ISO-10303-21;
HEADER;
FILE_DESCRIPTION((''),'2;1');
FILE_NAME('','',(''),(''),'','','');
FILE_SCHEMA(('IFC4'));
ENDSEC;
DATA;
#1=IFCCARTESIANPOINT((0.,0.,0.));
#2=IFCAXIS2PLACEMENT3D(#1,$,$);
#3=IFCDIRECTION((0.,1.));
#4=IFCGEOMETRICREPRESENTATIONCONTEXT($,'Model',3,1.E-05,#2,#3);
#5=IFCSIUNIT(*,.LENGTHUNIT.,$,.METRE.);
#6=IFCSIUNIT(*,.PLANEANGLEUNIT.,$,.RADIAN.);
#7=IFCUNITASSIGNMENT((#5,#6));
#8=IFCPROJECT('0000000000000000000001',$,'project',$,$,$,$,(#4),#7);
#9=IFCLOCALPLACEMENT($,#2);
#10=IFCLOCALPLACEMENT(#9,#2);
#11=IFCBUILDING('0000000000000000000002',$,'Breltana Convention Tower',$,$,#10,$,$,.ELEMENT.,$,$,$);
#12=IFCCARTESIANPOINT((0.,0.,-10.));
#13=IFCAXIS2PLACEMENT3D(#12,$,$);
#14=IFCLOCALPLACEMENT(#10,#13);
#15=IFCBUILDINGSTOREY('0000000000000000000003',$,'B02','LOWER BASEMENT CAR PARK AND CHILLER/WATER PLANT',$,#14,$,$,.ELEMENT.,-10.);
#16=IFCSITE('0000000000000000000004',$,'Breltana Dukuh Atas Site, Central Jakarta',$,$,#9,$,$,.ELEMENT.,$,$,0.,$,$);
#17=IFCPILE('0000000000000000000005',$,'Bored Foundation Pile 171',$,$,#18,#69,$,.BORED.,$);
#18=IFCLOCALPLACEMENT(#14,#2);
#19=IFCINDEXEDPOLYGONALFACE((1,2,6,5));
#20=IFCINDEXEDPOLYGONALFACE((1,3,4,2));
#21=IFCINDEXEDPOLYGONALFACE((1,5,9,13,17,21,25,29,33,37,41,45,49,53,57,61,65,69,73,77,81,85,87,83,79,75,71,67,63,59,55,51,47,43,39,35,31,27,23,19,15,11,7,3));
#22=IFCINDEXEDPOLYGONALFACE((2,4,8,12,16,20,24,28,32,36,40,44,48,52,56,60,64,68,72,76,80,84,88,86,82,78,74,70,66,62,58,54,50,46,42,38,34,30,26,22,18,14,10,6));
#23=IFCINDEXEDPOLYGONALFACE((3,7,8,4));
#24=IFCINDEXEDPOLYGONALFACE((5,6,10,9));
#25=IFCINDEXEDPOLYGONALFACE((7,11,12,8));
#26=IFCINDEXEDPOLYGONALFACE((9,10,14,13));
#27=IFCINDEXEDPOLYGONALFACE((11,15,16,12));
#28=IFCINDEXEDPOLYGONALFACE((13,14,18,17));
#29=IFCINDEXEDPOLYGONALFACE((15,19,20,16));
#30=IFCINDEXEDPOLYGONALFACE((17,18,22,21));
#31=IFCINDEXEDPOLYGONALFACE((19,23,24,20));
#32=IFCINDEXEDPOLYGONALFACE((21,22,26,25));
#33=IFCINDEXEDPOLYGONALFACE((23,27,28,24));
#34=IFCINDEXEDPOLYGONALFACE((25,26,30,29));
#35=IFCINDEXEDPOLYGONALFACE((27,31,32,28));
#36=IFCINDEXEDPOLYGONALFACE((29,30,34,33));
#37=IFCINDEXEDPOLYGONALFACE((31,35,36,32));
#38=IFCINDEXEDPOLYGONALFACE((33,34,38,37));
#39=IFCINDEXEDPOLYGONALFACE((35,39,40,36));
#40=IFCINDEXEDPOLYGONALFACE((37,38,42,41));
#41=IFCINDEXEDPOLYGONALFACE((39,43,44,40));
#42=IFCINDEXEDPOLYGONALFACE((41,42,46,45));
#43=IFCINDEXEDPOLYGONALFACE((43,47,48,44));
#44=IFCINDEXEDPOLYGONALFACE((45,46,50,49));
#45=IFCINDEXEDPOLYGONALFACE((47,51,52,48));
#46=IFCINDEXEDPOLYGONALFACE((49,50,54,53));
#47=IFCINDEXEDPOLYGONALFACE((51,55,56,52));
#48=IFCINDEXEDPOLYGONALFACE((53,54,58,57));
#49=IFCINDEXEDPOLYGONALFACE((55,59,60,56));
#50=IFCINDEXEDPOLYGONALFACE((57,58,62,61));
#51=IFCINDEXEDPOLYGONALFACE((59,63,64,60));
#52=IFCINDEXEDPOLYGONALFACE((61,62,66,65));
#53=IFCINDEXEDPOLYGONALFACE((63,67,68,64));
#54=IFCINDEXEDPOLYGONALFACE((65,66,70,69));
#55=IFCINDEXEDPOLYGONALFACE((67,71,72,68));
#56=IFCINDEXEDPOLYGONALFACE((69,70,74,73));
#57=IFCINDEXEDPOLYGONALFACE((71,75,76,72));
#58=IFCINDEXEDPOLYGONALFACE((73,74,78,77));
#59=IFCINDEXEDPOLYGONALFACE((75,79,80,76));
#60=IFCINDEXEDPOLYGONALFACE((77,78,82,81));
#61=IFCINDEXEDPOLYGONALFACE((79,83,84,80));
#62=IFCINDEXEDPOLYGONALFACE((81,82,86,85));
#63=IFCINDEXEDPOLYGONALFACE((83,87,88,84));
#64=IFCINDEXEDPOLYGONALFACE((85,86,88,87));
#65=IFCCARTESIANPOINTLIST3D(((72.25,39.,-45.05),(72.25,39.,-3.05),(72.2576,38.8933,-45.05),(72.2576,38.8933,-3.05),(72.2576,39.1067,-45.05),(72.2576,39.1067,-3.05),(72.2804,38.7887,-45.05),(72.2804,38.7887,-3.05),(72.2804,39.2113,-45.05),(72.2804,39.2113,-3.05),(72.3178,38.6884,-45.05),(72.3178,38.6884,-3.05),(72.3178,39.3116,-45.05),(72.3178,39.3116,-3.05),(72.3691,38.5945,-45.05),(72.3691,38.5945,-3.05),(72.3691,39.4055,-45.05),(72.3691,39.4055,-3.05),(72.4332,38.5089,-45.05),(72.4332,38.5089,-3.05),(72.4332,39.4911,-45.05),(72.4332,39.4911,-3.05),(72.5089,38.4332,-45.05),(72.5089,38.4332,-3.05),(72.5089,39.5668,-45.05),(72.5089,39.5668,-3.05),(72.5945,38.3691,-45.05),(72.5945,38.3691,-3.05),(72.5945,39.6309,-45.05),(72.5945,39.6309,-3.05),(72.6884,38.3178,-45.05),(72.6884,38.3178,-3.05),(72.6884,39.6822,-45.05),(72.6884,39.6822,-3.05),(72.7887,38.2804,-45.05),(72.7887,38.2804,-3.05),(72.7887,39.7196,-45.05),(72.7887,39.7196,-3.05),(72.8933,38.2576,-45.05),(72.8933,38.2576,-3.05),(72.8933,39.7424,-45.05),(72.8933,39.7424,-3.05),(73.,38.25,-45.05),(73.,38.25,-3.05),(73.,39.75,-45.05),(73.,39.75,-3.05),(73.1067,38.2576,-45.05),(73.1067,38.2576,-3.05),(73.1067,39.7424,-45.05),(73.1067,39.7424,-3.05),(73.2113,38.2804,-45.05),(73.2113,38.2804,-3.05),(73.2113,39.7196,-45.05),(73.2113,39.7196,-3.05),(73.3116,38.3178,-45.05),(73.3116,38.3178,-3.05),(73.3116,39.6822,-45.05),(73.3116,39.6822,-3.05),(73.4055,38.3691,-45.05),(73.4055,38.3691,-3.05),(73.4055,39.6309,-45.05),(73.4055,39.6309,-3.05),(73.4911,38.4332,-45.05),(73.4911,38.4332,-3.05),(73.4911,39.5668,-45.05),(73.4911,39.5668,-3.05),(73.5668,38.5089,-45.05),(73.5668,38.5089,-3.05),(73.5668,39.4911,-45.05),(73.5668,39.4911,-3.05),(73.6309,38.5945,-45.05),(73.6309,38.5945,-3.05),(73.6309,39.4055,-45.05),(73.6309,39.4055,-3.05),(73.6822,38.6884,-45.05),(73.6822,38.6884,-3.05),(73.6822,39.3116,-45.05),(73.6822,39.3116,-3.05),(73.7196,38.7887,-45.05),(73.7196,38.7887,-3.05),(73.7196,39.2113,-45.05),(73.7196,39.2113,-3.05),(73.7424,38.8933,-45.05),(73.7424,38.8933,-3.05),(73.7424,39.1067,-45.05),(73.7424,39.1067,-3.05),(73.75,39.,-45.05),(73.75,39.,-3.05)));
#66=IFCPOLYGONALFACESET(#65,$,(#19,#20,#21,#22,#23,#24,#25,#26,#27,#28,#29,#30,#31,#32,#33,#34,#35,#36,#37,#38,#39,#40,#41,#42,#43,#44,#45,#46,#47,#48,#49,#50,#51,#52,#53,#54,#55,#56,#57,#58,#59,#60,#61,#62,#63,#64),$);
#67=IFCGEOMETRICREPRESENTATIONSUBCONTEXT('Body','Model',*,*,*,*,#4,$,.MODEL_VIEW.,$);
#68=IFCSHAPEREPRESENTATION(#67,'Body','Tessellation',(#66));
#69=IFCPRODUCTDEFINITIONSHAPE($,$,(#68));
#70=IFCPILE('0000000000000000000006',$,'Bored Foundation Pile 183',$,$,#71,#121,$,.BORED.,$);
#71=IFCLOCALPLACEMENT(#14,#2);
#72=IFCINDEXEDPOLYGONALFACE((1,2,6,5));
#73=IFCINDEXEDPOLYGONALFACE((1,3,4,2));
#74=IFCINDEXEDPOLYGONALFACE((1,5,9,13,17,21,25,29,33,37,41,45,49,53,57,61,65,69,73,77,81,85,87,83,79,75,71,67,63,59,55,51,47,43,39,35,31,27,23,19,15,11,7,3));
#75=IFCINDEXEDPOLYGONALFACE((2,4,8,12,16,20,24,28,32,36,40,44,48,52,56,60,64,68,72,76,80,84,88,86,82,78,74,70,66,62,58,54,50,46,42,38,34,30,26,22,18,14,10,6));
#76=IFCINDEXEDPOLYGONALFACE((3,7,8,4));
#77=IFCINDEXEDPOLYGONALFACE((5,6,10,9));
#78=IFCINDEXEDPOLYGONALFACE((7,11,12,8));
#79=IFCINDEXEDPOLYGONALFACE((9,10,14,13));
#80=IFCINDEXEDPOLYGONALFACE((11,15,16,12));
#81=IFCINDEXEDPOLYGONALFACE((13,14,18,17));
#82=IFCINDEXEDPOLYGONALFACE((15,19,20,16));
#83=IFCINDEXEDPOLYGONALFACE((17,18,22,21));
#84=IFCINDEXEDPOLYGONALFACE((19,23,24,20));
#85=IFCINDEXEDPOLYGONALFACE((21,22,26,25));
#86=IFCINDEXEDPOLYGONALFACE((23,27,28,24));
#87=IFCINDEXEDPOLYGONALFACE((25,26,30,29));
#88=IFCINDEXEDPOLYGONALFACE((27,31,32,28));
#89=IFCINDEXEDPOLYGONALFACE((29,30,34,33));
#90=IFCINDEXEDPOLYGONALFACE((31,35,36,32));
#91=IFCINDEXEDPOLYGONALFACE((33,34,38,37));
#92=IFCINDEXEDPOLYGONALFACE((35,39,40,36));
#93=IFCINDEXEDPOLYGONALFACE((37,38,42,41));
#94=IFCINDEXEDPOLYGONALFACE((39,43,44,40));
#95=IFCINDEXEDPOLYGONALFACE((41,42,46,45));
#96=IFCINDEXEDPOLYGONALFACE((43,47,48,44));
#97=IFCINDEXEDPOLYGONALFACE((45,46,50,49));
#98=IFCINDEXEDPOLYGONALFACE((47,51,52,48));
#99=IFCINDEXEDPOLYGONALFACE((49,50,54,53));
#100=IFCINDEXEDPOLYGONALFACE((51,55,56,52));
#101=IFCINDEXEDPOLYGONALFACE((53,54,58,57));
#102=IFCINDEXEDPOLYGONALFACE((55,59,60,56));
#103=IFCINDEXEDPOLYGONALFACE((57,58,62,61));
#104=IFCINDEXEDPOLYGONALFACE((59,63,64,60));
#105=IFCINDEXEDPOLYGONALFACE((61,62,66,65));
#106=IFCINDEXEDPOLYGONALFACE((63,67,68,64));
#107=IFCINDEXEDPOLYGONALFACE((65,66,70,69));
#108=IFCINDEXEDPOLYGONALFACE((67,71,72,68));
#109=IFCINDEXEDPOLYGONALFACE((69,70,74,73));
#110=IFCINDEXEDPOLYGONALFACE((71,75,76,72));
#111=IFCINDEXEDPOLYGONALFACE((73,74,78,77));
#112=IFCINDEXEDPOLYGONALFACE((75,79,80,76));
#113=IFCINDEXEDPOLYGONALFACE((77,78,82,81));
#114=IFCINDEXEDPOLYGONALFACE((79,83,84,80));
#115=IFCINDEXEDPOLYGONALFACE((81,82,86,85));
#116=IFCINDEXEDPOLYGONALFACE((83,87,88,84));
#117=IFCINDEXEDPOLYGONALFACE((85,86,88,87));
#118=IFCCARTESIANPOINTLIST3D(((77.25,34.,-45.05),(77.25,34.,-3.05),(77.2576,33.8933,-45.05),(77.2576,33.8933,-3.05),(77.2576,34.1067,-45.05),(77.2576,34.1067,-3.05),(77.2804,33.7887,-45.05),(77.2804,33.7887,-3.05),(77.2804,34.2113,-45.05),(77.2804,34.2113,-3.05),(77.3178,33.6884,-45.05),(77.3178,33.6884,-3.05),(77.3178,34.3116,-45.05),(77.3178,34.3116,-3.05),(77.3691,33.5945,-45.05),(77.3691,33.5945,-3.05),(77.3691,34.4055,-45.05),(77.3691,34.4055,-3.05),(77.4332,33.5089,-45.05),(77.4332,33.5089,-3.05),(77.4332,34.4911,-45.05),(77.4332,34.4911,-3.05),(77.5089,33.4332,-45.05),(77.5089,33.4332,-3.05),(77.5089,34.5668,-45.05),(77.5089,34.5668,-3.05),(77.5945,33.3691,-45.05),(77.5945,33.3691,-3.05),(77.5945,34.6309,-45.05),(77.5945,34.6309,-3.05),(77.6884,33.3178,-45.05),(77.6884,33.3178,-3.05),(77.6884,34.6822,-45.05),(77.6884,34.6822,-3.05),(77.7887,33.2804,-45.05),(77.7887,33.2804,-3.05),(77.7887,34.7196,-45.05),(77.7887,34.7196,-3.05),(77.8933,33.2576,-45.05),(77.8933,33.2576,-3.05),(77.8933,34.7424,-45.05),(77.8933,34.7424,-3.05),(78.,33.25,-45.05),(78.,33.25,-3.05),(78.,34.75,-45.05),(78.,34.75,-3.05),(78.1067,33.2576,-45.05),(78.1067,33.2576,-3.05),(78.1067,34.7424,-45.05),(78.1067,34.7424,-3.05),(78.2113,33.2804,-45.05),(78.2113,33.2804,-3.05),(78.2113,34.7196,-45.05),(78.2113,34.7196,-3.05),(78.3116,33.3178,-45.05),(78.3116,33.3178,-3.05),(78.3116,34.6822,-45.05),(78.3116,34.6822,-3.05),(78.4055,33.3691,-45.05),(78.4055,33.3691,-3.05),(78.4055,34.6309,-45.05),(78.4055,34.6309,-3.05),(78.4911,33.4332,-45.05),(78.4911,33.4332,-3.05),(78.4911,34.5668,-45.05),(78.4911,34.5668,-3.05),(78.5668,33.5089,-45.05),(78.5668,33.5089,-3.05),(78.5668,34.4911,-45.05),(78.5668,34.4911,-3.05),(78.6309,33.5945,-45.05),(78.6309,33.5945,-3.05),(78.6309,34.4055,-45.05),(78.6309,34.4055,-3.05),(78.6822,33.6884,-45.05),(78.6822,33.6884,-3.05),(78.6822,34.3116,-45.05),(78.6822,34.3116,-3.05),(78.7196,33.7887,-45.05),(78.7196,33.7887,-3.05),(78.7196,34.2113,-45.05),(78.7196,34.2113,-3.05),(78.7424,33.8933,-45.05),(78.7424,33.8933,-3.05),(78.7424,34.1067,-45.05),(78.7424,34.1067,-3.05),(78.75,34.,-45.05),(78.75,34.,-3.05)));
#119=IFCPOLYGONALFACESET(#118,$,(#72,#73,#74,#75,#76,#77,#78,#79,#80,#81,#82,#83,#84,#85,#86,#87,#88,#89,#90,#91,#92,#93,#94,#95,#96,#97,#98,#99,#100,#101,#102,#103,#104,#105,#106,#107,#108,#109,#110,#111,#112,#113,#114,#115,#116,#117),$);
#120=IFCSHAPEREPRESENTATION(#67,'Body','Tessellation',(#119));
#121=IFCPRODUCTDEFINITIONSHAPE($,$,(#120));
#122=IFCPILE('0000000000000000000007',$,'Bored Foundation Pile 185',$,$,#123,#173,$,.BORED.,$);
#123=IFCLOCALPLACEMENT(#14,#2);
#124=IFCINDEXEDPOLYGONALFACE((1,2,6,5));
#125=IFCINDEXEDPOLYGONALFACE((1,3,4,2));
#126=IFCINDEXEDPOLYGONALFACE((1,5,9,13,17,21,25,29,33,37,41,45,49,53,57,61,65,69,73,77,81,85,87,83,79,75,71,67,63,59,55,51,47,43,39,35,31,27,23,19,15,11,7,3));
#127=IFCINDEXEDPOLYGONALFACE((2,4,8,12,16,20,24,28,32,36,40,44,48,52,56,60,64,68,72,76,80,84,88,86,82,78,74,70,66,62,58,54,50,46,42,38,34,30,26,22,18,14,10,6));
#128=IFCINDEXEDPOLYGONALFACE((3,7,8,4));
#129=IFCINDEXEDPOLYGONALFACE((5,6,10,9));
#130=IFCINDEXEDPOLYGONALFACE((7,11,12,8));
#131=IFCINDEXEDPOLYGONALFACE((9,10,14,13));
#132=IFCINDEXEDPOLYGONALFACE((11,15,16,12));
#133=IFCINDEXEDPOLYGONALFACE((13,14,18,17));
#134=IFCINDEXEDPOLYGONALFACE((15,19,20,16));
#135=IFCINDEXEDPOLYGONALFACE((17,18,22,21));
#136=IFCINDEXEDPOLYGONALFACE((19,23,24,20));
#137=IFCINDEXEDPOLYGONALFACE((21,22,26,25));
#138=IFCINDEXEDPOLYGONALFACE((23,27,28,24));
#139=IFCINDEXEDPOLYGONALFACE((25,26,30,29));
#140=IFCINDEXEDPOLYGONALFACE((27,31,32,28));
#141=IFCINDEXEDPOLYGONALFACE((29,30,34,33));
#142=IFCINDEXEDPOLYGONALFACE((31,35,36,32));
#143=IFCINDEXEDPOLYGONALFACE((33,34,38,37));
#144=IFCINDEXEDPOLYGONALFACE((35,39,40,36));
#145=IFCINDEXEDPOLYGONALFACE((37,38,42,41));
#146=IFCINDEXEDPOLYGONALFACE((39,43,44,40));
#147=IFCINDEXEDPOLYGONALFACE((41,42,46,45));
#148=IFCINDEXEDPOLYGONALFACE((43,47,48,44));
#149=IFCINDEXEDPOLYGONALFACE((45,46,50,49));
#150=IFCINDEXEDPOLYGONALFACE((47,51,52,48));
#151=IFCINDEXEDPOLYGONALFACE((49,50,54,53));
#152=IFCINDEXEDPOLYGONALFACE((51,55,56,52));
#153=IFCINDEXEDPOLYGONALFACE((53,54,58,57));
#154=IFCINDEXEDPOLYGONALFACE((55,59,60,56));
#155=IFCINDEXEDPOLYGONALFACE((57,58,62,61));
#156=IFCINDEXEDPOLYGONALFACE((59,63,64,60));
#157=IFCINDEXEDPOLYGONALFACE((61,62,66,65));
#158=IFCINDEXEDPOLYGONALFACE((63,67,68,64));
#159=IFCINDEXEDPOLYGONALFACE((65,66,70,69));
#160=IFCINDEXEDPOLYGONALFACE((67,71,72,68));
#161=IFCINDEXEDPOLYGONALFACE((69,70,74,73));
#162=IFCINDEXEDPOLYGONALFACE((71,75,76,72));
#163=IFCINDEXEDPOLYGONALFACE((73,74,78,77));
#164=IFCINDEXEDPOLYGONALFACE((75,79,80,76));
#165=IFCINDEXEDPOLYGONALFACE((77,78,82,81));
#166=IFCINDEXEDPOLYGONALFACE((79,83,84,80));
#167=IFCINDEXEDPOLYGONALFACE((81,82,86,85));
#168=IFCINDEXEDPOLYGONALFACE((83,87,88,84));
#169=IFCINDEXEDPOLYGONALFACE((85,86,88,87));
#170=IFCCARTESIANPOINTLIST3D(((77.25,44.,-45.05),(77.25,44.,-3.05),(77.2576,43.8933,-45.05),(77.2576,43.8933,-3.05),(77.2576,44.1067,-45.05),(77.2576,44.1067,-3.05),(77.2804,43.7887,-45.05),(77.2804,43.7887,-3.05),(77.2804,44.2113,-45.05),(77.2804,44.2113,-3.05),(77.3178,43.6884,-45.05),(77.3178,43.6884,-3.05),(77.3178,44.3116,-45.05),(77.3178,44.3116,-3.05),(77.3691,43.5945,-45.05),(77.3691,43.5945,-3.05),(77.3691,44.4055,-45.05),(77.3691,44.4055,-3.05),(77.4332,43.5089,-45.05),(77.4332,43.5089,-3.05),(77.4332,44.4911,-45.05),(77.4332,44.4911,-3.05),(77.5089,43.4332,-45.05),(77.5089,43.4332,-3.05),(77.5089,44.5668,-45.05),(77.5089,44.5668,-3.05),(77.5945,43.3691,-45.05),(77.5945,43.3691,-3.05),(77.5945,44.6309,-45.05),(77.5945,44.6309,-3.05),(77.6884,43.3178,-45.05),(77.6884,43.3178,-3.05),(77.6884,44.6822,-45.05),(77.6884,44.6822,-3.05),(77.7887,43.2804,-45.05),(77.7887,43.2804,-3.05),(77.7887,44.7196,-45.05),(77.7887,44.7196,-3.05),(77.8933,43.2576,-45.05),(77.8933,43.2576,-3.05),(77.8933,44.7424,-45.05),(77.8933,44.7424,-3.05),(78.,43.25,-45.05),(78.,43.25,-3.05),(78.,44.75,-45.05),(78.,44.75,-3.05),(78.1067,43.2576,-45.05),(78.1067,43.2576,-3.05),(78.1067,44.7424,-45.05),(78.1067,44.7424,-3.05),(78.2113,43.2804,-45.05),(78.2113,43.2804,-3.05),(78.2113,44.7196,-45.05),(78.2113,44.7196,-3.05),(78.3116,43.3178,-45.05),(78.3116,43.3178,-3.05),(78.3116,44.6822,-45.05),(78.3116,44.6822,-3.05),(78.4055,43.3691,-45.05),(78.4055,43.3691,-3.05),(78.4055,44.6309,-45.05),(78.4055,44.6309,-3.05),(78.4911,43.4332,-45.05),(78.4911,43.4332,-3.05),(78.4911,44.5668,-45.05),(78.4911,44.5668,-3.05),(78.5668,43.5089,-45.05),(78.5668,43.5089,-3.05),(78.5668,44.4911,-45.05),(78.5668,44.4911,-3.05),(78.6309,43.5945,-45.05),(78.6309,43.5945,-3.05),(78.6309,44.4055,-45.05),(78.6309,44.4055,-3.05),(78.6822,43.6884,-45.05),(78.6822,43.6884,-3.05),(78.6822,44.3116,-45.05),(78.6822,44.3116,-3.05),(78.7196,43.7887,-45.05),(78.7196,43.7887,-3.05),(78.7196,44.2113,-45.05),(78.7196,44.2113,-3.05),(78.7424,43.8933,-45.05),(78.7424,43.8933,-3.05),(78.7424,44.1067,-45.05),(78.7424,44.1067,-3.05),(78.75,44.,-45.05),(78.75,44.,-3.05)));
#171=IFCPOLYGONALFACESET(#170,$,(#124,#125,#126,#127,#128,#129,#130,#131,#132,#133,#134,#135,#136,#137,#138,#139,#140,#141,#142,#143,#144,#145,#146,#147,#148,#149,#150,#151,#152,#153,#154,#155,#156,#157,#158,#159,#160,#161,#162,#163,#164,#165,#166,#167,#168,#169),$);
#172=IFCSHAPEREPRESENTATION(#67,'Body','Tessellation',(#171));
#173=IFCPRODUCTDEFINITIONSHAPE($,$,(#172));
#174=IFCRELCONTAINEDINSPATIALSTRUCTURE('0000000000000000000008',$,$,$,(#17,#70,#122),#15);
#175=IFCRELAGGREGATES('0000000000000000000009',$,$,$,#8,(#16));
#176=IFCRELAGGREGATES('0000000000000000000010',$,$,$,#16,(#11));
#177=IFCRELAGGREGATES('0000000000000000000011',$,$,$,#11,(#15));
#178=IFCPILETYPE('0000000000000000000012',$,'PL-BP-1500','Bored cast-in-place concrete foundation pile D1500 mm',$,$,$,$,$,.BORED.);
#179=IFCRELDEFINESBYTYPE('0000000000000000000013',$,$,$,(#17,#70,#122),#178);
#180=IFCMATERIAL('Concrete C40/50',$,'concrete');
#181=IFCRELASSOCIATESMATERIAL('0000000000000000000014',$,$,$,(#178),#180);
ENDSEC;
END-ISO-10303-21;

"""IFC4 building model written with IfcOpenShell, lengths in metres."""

from ifc_helpers import new_model, si_unit, direction, frame, origin, origin_2d, place, context, subcontext, project, spatial, circle, extrude, source, transform, mapped, material, material_profile, profile_set, type_object, type_shapes, element, save


model = new_model("IFC4")

# Units and contexts
model_context = context("Model", 3, precision=1e-05, world=origin(), true_north=direction((0.0, 1.0)))
body_context = subcontext(model_context, "Body", "Model", "MODEL_VIEW")
ifc_project = project(units=[si_unit("LENGTHUNIT", "METRE"), si_unit("PLANEANGLEUNIT", "RADIAN")], contexts=[model_context])

# Site, building, storey
site_placement = place(None, origin())
site = spatial("IfcSite", under=ifc_project, at=site_placement, Name="Breltana Dukuh Atas Site, Central Jakarta", CompositionType="ELEMENT", RefElevation=0.0)
building_placement = place(site_placement, origin())
building = spatial("IfcBuilding", under=site, at=building_placement, Name="Breltana Convention Tower", CompositionType="ELEMENT")
storey_placement = place(building_placement, frame((0.0, 0.0, -10.0)))
storey = spatial("IfcBuildingStorey", under=building, at=storey_placement, Name="B02", Description="LOWER BASEMENT CAR PARK AND CHILLER/WATER PLANT", CompositionType="ELEMENT", Elevation=-10.0)

# Piles
ifc_material_1 = material(Name="Concrete C40/50", Category="concrete")
ifc_material_profile_1 = material_profile(ifc_material_1, circle(Radius=0.75, at=origin_2d()), Name="BP-D1500")
ifc_profile_set_1 = profile_set([ifc_material_profile_1], Name="Concrete C40/50")
pile_type_1 = type_object("IfcPileType", Name="PL-BP-1500", Description="Bored cast-in-place concrete foundation pile D1500 mm", PredefinedType="BORED", material=ifc_profile_set_1)
shared_shape_1 = source(origin(), body_context, "Body", "SweptSolid", [
    extrude(circle(Radius=0.75, at=origin_2d()), origin(), (0.0, 0.0, 1.0), 42.0),
])
type_shapes(pile_type_1, [shared_shape_1])
for number, where, z_axis, x_axis, name in (
    (1, (73.0, 39.0, -3.05), (0.0, 0.0, -1.0), (1.0, 0.0, 0.0), "Bored Foundation Pile 171"),
    (2, (78.0, 34.0, -3.05), (0.0, 0.0, -1.0), (1.0, 0.0, 0.0), "Bored Foundation Pile 183"),
    (3, (78.0, 44.0, -3.05), (0.0, 0.0, -1.0), (1.0, 0.0, 0.0), "Bored Foundation Pile 185"),
):
    element("IfcPile", number, at=place(storey_placement, frame(where, z_axis=z_axis, x_axis=x_axis)), inside=storey, type_object=pile_type_1, Name=name, PredefinedType="BORED", context=body_context, shape_type="MappedRepresentation", body=[
        mapped(shared_shape_1, transform((0.0, 0.0, 0.0), scale=1.0)),
    ])

save(model, "model.ifc")
